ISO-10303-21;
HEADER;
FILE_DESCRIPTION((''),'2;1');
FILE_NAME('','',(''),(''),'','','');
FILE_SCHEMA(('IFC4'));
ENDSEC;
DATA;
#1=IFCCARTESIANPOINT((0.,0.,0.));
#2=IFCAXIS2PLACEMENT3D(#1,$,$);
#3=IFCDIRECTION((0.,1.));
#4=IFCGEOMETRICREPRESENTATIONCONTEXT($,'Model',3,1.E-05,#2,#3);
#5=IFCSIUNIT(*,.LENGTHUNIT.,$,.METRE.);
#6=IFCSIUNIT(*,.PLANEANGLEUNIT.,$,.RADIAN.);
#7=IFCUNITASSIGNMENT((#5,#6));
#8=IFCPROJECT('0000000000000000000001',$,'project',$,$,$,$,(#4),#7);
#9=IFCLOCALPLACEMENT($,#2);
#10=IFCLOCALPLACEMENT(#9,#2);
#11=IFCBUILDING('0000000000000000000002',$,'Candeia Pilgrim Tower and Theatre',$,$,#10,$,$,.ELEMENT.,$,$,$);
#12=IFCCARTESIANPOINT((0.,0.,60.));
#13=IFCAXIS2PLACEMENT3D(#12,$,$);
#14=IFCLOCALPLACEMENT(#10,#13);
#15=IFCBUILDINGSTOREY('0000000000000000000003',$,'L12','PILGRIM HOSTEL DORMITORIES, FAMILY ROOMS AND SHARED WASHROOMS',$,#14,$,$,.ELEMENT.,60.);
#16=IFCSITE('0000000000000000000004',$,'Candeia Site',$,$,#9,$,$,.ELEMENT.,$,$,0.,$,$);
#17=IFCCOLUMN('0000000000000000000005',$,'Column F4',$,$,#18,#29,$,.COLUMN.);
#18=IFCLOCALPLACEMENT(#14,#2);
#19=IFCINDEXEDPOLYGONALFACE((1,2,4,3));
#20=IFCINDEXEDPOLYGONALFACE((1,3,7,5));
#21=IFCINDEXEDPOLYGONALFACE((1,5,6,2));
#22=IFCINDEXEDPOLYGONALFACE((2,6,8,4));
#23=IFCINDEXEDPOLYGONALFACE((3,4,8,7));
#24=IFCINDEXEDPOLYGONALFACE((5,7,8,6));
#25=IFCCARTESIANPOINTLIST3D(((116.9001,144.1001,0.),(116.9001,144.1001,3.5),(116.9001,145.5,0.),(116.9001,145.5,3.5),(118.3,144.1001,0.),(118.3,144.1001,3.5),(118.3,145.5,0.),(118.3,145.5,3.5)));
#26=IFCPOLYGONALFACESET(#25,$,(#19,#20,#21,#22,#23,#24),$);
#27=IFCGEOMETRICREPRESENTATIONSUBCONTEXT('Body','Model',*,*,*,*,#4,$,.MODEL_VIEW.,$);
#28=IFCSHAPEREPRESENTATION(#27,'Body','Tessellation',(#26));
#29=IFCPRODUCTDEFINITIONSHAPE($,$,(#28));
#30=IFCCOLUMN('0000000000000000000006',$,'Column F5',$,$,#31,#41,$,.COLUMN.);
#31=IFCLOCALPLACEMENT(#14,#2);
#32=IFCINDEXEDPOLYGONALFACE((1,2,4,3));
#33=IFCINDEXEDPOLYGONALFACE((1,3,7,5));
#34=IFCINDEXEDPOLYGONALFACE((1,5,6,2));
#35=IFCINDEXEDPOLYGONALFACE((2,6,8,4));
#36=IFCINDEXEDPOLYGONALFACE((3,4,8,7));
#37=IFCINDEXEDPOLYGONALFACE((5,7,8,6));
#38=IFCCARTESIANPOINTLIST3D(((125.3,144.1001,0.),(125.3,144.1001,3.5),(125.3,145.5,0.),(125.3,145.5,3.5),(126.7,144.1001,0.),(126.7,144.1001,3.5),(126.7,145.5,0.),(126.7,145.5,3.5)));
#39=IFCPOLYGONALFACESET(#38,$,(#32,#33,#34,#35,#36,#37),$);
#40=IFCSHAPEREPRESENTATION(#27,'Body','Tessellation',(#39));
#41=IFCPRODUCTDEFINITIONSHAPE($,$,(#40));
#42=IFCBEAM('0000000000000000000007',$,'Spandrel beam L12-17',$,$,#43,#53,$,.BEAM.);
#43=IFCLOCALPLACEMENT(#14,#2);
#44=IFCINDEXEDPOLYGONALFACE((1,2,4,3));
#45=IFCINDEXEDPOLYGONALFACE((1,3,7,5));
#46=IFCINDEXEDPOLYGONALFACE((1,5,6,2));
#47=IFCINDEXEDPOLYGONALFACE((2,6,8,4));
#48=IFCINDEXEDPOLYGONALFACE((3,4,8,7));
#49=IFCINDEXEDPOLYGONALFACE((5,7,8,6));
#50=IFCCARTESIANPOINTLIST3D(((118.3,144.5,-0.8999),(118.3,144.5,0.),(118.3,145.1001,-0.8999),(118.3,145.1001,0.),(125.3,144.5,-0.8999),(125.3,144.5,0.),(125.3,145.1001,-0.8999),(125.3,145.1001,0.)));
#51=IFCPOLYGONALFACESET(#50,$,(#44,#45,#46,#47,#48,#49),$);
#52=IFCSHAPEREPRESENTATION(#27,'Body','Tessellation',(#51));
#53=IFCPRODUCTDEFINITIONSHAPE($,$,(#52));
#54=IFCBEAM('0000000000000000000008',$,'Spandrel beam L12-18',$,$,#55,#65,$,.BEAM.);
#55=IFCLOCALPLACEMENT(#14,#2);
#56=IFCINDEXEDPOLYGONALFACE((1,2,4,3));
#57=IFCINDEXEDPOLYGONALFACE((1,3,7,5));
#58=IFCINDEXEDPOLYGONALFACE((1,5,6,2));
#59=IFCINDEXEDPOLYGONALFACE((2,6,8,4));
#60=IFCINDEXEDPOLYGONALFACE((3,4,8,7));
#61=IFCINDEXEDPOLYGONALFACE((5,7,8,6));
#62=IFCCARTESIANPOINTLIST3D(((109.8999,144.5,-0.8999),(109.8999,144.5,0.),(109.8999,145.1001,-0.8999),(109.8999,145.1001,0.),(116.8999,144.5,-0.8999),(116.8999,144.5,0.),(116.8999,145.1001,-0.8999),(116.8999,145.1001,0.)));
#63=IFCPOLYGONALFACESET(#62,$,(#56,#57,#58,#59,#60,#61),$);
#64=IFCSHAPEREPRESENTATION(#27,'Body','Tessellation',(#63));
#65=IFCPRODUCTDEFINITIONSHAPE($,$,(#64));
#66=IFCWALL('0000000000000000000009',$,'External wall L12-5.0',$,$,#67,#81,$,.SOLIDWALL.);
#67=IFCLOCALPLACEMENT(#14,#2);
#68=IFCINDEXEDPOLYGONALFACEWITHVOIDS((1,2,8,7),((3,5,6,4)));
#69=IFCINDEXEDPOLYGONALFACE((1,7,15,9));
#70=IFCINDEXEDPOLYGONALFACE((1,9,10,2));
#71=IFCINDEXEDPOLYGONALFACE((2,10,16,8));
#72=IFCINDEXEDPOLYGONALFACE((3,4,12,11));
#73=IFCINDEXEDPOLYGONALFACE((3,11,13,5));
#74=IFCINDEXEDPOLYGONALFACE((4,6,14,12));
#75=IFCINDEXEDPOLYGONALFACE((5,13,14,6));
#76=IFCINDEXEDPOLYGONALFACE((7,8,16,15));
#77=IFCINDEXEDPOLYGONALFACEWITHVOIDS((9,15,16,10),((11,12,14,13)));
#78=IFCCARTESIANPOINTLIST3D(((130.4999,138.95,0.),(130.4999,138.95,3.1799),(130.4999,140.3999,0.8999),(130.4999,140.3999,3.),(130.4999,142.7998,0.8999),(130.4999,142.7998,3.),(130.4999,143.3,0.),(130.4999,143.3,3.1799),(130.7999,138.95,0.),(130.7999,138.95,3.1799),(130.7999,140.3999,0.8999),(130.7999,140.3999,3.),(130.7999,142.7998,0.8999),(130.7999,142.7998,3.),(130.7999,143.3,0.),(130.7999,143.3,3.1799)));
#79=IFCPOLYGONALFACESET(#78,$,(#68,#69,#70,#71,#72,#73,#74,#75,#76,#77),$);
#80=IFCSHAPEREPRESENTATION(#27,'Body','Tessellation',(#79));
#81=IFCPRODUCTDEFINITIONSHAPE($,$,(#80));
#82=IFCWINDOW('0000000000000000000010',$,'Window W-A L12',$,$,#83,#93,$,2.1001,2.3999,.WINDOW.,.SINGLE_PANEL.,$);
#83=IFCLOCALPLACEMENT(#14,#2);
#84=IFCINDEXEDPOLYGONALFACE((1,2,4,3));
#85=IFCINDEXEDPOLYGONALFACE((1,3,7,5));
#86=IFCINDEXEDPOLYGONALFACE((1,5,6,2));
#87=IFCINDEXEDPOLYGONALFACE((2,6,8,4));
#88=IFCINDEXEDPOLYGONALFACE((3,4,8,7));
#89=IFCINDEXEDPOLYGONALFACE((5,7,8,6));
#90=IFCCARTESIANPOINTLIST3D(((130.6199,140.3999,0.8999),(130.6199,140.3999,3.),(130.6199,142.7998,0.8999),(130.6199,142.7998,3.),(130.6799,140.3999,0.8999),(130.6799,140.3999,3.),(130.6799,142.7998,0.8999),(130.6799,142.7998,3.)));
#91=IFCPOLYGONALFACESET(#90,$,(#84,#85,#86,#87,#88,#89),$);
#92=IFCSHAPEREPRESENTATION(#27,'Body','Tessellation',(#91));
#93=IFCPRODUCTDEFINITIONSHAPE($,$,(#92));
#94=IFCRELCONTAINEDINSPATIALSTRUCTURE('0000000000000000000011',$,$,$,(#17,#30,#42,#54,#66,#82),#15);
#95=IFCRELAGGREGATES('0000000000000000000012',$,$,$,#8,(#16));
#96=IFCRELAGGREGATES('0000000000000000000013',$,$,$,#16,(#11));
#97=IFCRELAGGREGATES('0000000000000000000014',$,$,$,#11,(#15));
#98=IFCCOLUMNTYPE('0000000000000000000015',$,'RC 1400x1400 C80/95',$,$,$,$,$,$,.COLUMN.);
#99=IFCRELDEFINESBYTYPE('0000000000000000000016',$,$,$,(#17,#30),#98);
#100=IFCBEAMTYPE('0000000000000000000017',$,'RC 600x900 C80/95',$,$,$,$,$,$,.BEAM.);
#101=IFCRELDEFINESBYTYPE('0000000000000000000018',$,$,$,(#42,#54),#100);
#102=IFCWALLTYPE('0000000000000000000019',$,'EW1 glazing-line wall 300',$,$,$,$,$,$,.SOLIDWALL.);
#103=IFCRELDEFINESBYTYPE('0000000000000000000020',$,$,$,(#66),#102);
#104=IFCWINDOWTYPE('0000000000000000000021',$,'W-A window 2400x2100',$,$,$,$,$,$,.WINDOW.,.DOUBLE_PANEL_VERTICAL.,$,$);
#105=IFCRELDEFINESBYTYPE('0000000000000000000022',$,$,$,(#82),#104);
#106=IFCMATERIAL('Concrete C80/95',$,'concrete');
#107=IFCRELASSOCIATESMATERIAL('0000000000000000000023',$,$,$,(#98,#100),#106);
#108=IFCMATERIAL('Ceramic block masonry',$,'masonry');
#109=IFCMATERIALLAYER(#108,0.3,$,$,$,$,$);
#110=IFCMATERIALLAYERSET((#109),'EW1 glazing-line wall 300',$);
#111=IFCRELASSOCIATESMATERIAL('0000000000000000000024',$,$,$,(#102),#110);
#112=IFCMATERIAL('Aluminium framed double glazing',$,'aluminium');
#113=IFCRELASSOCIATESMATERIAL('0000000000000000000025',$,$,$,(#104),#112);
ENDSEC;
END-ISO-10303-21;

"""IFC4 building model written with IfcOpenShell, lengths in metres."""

from ifc_helpers import new_model, si_unit, direction, frame, frame_2d, origin, origin_2d, place, context, subcontext, project, spatial, rectangle, extrude, material, layer, layer_set, material_profile, profile_set, type_object, element, fill, save


model = new_model("IFC4")

# Units and contexts
model_context = context("Model", 3, precision=1e-05, world=origin(), true_north=direction((0.0, 1.0)))
body_context = subcontext(model_context, "Body", "Model", "MODEL_VIEW")
ifc_project = project(units=[si_unit("LENGTHUNIT", "METRE"), si_unit("PLANEANGLEUNIT", "RADIAN")], contexts=[model_context])

# Site, building, storey
site_placement = place(None, origin())
site = spatial("IfcSite", under=ifc_project, at=site_placement, Name="Candeia Site", CompositionType="ELEMENT", RefElevation=0.0)
building_placement = place(site_placement, origin())
building = spatial("IfcBuilding", under=site, at=building_placement, Name="Candeia Pilgrim Tower and Theatre", CompositionType="ELEMENT")
storey_placement = place(building_placement, frame((0.0, 0.0, 60.0)))
storey = spatial("IfcBuildingStorey", under=building, at=storey_placement, Name="L12", Description="PILGRIM HOSTEL DORMITORIES, FAMILY ROOMS AND SHARED WASHROOMS", CompositionType="ELEMENT", Elevation=60.0)

# Columns
ifc_material_1 = material(Name="Concrete C80/95", Category="concrete")
ifc_material_profile_1 = material_profile(ifc_material_1, rectangle(XDim=1.3999, YDim=1.3999, at=origin_2d()))
ifc_profile_set_1 = profile_set([ifc_material_profile_1], Name="Concrete C80/95")
column_type = type_object("IfcColumnType", Name="RC 1400x1400 C80/95", PredefinedType="COLUMN", material=ifc_profile_set_1)
for number, where, z_axis, x_axis, name in (
    (1, (117.6001, 144.8, 0.0), (0.0, 0.0, 1.0), (1.0, 0.0, 0.0), "Column F4"),
    (2, (126.0, 144.8, 0.0), (0.0, 0.0, 1.0), (1.0, 0.0, 0.0), "Column F5"),
):
    element("IfcColumn", number, at=place(storey_placement, frame(where, z_axis=z_axis, x_axis=x_axis)), inside=storey, type_object=column_type, Name=name, PredefinedType="COLUMN", context=body_context, shape_type="SweptSolid", body=[
        extrude(rectangle(XDim=1.3999, YDim=1.3999, at=origin_2d()), origin(), (0.0, 0.0, 1.0), 3.5),
    ])

# Beams
ifc_material_profile_2 = material_profile(ifc_material_1, rectangle(XDim=0.6001, YDim=0.8999, at=origin_2d()))
ifc_profile_set_2 = profile_set([ifc_material_profile_2], Name="Concrete C80/95")
beam_type = type_object("IfcBeamType", Name="RC 600x900 C80/95", PredefinedType="BEAM", material=ifc_profile_set_2)
for number, where, z_axis, x_axis, name in (
    (3, (125.3, 144.8, -0.45), (-1.0, 0.0, 0.0), (0.0, -1.0, 0.0), "Spandrel beam L12-17"),
    (4, (116.8999, 144.8, -0.45), (-1.0, 0.0, 0.0), (0.0, -1.0, 0.0), "Spandrel beam L12-18"),
):
    element("IfcBeam", number, at=place(storey_placement, frame(where, z_axis=z_axis, x_axis=x_axis)), inside=storey, type_object=beam_type, Name=name, PredefinedType="BEAM", context=body_context, shape_type="SweptSolid", body=[
        extrude(rectangle(XDim=0.6001, YDim=0.8999, at=origin_2d()), origin(), (0.0, 0.0, 1.0), 7.0),
    ])

# Wall, opening, window
ifc_material_2 = material(Name="Ceramic block masonry", Category="masonry")
ifc_layer_1 = layer(ifc_material_2, 0.3)
ifc_layer_set_1 = layer_set([ifc_layer_1], Name="EW1 glazing-line wall 300")
wall_type_1 = type_object("IfcWallType", Name="EW1 glazing-line wall 300", PredefinedType="SOLIDWALL", material=ifc_layer_set_1)
wall_1_placement = place(storey_placement, frame((130.6499, 138.95, 0.0), z_axis=(0.0, 0.0, 1.0), x_axis=(0.0, 1.0, 0.0)))
wall_1 = element("IfcWall", 5, at=wall_1_placement, inside=storey, type_object=wall_type_1, Name="External wall L12-5.0", PredefinedType="SOLIDWALL", context=body_context, shape_type="SweptSolid", body=[
    extrude(rectangle(XDim=4.3501, YDim=0.3, at=frame_2d((2.175, 0.0))), origin(), (0.0, 0.0, 1.0), 3.1799),
])
opening_1_placement = place(wall_1_placement, frame((1.45, 0.0, 0.8999)))
opening_1 = element("IfcOpeningElement", 6, at=opening_1_placement, cuts=wall_1, PredefinedType="OPENING", context=body_context, shape_type="SweptSolid", body=[
    extrude(rectangle(XDim=2.3999, YDim=2.1001, at=frame_2d((1.2, 1.05))), frame((0.0, 0.1602, 0.0), z_axis=(0.0, -1.0, 0.0), x_axis=(1.0, 0.0, 0.0)), (0.0, 0.0, 1.0), 0.3201),
])
ifc_material_3 = material(Name="Aluminium framed double glazing", Category="aluminium")
window_type_1 = type_object("IfcWindowType", Name="W-A window 2400x2100", PartitioningType="DOUBLE_PANEL_VERTICAL", PredefinedType="WINDOW", material=ifc_material_3)
window_1_placement = place(opening_1_placement, origin())
window_1 = element("IfcWindow", 7, at=window_1_placement, inside=storey, type_object=window_type_1, Name="Window W-A L12", OverallHeight=2.1001, OverallWidth=2.3999, PartitioningType="SINGLE_PANEL", PredefinedType="WINDOW", context=body_context, shape_type="SweptSolid", body=[
    extrude(rectangle(XDim=2.3999, YDim=2.1001, at=frame_2d((1.2, 1.05))), frame((0.0, 0.03, 0.0), z_axis=(0.0, -1.0, 0.0), x_axis=(1.0, 0.0, 0.0)), (0.0, 0.0, 1.0), 0.0601),
])
fill(opening_1, window_1)

save(model, "model.ifc")
